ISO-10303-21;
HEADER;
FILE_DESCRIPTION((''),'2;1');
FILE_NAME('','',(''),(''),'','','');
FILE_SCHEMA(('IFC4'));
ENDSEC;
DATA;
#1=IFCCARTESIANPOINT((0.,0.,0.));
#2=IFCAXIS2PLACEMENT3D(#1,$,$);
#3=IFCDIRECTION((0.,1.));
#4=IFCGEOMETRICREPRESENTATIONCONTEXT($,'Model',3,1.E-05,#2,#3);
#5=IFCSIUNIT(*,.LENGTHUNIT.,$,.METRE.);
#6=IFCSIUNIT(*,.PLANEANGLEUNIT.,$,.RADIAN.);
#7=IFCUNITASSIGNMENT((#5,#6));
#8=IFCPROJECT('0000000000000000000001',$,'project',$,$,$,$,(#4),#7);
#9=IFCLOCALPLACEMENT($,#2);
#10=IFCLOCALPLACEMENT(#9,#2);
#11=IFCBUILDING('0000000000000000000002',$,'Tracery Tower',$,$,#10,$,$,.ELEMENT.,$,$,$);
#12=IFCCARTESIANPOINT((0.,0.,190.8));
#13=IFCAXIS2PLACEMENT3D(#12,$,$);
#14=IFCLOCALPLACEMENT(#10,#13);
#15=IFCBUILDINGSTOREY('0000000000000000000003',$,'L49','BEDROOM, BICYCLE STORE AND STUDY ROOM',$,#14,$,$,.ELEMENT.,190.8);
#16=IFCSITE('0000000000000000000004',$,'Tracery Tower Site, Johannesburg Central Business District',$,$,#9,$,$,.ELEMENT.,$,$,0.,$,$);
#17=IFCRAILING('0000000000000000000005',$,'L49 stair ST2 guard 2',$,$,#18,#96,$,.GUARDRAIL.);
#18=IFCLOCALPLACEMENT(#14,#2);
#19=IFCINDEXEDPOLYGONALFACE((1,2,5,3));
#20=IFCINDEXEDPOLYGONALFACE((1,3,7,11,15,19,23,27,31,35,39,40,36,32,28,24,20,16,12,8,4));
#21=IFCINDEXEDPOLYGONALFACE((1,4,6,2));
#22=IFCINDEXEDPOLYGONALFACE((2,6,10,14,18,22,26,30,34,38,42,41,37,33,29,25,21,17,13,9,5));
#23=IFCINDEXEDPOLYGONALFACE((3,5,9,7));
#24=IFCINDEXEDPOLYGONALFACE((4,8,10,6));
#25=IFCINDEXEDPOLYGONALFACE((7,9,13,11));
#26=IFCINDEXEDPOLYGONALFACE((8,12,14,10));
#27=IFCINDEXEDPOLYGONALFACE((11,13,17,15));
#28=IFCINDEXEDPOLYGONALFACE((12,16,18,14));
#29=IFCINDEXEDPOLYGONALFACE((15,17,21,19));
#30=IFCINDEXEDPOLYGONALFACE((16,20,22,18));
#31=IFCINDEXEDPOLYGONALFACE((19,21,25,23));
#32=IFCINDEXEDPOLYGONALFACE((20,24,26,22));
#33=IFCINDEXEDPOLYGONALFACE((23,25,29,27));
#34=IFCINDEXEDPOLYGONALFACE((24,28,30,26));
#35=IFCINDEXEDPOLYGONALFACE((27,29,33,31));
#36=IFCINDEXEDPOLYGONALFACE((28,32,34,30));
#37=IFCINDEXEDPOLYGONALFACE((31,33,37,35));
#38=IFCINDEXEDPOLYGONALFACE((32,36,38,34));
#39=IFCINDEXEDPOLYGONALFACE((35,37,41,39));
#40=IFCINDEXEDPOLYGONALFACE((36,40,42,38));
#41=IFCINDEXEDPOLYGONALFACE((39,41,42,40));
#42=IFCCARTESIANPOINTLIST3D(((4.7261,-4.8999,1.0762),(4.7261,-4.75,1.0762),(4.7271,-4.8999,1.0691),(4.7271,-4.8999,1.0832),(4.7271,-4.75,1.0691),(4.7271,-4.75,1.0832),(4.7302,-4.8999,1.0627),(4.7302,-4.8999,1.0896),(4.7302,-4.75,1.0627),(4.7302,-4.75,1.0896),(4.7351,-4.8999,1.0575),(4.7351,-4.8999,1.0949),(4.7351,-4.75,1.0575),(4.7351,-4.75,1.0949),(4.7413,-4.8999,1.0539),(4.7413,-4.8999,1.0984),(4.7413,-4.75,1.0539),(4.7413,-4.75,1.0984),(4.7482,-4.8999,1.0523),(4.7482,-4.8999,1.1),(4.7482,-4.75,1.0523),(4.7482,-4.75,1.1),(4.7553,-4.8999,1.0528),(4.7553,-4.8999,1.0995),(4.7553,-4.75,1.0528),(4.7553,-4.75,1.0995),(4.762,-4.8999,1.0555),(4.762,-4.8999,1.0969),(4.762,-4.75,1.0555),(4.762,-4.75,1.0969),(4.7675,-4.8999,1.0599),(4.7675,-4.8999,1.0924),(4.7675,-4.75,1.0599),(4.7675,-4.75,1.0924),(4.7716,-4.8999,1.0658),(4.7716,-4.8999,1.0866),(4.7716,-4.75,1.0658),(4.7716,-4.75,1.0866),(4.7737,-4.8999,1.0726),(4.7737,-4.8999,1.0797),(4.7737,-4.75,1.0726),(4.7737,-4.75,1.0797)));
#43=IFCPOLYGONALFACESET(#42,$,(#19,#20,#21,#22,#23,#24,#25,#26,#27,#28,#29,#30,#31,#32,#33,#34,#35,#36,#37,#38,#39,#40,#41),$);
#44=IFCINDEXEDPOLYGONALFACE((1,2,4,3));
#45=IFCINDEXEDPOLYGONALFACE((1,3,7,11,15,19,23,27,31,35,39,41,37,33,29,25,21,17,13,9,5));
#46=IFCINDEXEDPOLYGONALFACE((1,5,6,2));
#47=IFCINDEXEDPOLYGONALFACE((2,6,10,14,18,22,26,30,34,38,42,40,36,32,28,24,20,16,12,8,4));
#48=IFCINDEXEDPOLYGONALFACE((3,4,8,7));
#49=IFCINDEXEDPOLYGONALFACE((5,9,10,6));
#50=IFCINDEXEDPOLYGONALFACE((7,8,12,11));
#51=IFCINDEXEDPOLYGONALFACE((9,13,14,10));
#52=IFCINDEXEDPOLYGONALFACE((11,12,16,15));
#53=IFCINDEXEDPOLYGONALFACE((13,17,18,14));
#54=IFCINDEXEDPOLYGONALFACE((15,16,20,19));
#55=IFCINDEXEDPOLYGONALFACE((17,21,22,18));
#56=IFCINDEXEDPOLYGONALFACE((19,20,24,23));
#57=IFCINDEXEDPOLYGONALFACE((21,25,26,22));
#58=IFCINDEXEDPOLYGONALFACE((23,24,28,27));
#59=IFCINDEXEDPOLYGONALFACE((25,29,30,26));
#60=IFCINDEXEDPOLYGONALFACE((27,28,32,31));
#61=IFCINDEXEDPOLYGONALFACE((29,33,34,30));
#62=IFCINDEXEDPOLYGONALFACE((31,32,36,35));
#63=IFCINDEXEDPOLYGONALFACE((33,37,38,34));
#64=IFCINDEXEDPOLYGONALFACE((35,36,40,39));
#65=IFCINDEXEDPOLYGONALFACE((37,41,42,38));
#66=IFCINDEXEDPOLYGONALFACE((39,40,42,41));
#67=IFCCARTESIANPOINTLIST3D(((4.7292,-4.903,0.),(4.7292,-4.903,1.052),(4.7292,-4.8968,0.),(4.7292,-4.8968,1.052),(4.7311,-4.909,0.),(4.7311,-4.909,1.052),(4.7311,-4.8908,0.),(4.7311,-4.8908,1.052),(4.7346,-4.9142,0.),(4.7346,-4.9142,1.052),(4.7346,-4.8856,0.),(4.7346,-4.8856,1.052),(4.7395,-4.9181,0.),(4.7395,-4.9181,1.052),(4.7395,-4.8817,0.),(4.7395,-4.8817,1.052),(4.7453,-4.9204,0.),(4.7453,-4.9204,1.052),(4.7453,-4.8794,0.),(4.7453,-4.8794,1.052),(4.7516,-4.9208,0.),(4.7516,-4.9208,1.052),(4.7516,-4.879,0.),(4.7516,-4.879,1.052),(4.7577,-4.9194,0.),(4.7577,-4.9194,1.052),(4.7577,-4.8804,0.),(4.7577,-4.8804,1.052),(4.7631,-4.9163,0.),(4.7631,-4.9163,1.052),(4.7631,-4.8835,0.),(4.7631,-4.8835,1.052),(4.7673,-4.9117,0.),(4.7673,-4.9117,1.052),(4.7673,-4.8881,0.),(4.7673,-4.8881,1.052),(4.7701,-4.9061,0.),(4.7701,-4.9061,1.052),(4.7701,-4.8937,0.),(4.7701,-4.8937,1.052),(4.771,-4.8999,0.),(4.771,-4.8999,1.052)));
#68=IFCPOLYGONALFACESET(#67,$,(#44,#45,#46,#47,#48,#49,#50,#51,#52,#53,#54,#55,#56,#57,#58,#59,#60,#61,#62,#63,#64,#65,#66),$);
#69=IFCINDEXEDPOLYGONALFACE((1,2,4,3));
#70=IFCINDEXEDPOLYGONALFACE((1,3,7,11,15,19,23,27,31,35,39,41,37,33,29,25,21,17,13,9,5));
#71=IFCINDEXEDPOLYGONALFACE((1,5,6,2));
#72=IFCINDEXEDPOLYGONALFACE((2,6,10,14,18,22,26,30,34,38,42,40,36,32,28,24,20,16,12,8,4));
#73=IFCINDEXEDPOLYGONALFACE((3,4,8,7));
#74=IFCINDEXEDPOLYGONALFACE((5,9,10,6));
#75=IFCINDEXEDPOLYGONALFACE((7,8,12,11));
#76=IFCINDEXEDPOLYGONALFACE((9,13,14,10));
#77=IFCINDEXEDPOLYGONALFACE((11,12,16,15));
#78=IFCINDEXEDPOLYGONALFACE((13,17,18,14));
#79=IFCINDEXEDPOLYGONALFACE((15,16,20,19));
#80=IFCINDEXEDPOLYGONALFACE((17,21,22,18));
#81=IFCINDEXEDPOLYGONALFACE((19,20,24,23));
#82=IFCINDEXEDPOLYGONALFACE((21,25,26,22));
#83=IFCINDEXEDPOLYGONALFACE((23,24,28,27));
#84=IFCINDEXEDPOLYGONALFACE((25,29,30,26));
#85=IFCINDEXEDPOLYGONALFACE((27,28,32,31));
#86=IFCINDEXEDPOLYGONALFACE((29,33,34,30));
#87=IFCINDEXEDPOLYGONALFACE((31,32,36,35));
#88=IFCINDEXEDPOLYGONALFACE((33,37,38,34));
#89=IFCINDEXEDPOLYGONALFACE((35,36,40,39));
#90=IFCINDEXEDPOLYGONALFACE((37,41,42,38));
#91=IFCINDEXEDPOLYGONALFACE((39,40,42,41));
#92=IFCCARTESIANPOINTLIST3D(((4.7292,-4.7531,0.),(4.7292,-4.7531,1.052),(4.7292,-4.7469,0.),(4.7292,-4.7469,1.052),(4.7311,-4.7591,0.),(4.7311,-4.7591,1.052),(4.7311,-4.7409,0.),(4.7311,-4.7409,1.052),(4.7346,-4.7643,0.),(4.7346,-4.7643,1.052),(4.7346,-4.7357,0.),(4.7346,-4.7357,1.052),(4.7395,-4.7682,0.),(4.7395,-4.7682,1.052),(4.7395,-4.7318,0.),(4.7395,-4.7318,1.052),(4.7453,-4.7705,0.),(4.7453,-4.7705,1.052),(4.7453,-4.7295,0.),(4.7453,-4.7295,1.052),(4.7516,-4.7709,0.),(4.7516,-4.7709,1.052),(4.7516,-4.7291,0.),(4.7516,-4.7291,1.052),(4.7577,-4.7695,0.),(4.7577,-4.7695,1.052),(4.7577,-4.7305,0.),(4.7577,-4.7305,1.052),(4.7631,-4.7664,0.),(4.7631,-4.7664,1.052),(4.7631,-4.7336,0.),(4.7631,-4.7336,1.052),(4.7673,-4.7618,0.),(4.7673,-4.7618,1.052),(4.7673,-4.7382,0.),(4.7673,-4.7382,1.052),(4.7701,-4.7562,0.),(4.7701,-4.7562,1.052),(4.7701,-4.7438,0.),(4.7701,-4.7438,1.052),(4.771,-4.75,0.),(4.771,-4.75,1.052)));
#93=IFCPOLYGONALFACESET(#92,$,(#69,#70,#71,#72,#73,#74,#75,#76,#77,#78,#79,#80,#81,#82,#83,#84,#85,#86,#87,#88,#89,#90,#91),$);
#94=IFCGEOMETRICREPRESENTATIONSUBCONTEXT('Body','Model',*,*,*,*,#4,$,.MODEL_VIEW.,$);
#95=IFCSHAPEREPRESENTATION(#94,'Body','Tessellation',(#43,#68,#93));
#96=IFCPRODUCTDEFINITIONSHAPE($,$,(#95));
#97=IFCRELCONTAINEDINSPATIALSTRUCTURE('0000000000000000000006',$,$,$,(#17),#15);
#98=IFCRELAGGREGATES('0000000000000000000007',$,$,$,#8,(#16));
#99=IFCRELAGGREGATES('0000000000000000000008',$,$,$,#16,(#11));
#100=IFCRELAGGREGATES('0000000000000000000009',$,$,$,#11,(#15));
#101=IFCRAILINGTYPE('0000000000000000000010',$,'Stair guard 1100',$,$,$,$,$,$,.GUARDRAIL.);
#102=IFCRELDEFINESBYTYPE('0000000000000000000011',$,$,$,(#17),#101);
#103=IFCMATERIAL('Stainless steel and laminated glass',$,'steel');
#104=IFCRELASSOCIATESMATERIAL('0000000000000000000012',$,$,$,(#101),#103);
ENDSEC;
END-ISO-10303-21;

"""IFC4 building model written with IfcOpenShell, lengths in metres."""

from ifc_helpers import new_model, si_unit, direction, frame, origin, origin_2d, place, context, subcontext, project, spatial, circle, extrude, material, type_object, element, save


model = new_model("IFC4")

# Units and contexts
model_context = context("Model", 3, precision=1e-05, world=origin(), true_north=direction((0.0, 1.0)))
body_context = subcontext(model_context, "Body", "Model", "MODEL_VIEW")
ifc_project = project(units=[si_unit("LENGTHUNIT", "METRE"), si_unit("PLANEANGLEUNIT", "RADIAN")], contexts=[model_context])

# Site, building, storey
site_placement = place(None, origin())
site = spatial("IfcSite", under=ifc_project, at=site_placement, Name="Tracery Tower Site, Johannesburg Central Business District", CompositionType="ELEMENT", RefElevation=0.0)
building_placement = place(site_placement, origin())
building = spatial("IfcBuilding", under=site, at=building_placement, Name="Tracery Tower", CompositionType="ELEMENT")
storey_placement = place(building_placement, frame((0.0, 0.0, 190.8)))
storey = spatial("IfcBuildingStorey", under=building, at=storey_placement, Name="L49", Description="BEDROOM, BICYCLE STORE AND STUDY ROOM", CompositionType="ELEMENT", Elevation=190.8)

# Railing
ifc_material_1 = material(Name="Stainless steel and laminated glass", Category="steel")
railing_type_1 = type_object("IfcRailingType", Name="Stair guard 1100", PredefinedType="GUARDRAIL", material=ifc_material_1)
railing_1_placement = place(storey_placement, frame((4.75, -4.8999, 0.0)))
element("IfcRailing", 1, at=railing_1_placement, inside=storey, type_object=railing_type_1, Name="L49 stair ST2 guard 2", PredefinedType="GUARDRAIL", context=body_context, shape_type="SweptSolid", body=[
    extrude(circle(Radius=0.0239, at=origin_2d()), frame((0.0, 0.0, 1.0762), z_axis=(0.0, 1.0, 0.0), x_axis=(-1.0, 0.0, 0.0)), (0.0, 0.0, 1.0), 0.1499),
    extrude(circle(Radius=0.021, at=origin_2d()), origin(), (0.0, 0.0, 1.0), 1.052),
    extrude(circle(Radius=0.021, at=origin_2d()), frame((0.0, 0.1499, 0.0)), (0.0, 0.0, 1.0), 1.052),
])

save(model, "model.ifc")
